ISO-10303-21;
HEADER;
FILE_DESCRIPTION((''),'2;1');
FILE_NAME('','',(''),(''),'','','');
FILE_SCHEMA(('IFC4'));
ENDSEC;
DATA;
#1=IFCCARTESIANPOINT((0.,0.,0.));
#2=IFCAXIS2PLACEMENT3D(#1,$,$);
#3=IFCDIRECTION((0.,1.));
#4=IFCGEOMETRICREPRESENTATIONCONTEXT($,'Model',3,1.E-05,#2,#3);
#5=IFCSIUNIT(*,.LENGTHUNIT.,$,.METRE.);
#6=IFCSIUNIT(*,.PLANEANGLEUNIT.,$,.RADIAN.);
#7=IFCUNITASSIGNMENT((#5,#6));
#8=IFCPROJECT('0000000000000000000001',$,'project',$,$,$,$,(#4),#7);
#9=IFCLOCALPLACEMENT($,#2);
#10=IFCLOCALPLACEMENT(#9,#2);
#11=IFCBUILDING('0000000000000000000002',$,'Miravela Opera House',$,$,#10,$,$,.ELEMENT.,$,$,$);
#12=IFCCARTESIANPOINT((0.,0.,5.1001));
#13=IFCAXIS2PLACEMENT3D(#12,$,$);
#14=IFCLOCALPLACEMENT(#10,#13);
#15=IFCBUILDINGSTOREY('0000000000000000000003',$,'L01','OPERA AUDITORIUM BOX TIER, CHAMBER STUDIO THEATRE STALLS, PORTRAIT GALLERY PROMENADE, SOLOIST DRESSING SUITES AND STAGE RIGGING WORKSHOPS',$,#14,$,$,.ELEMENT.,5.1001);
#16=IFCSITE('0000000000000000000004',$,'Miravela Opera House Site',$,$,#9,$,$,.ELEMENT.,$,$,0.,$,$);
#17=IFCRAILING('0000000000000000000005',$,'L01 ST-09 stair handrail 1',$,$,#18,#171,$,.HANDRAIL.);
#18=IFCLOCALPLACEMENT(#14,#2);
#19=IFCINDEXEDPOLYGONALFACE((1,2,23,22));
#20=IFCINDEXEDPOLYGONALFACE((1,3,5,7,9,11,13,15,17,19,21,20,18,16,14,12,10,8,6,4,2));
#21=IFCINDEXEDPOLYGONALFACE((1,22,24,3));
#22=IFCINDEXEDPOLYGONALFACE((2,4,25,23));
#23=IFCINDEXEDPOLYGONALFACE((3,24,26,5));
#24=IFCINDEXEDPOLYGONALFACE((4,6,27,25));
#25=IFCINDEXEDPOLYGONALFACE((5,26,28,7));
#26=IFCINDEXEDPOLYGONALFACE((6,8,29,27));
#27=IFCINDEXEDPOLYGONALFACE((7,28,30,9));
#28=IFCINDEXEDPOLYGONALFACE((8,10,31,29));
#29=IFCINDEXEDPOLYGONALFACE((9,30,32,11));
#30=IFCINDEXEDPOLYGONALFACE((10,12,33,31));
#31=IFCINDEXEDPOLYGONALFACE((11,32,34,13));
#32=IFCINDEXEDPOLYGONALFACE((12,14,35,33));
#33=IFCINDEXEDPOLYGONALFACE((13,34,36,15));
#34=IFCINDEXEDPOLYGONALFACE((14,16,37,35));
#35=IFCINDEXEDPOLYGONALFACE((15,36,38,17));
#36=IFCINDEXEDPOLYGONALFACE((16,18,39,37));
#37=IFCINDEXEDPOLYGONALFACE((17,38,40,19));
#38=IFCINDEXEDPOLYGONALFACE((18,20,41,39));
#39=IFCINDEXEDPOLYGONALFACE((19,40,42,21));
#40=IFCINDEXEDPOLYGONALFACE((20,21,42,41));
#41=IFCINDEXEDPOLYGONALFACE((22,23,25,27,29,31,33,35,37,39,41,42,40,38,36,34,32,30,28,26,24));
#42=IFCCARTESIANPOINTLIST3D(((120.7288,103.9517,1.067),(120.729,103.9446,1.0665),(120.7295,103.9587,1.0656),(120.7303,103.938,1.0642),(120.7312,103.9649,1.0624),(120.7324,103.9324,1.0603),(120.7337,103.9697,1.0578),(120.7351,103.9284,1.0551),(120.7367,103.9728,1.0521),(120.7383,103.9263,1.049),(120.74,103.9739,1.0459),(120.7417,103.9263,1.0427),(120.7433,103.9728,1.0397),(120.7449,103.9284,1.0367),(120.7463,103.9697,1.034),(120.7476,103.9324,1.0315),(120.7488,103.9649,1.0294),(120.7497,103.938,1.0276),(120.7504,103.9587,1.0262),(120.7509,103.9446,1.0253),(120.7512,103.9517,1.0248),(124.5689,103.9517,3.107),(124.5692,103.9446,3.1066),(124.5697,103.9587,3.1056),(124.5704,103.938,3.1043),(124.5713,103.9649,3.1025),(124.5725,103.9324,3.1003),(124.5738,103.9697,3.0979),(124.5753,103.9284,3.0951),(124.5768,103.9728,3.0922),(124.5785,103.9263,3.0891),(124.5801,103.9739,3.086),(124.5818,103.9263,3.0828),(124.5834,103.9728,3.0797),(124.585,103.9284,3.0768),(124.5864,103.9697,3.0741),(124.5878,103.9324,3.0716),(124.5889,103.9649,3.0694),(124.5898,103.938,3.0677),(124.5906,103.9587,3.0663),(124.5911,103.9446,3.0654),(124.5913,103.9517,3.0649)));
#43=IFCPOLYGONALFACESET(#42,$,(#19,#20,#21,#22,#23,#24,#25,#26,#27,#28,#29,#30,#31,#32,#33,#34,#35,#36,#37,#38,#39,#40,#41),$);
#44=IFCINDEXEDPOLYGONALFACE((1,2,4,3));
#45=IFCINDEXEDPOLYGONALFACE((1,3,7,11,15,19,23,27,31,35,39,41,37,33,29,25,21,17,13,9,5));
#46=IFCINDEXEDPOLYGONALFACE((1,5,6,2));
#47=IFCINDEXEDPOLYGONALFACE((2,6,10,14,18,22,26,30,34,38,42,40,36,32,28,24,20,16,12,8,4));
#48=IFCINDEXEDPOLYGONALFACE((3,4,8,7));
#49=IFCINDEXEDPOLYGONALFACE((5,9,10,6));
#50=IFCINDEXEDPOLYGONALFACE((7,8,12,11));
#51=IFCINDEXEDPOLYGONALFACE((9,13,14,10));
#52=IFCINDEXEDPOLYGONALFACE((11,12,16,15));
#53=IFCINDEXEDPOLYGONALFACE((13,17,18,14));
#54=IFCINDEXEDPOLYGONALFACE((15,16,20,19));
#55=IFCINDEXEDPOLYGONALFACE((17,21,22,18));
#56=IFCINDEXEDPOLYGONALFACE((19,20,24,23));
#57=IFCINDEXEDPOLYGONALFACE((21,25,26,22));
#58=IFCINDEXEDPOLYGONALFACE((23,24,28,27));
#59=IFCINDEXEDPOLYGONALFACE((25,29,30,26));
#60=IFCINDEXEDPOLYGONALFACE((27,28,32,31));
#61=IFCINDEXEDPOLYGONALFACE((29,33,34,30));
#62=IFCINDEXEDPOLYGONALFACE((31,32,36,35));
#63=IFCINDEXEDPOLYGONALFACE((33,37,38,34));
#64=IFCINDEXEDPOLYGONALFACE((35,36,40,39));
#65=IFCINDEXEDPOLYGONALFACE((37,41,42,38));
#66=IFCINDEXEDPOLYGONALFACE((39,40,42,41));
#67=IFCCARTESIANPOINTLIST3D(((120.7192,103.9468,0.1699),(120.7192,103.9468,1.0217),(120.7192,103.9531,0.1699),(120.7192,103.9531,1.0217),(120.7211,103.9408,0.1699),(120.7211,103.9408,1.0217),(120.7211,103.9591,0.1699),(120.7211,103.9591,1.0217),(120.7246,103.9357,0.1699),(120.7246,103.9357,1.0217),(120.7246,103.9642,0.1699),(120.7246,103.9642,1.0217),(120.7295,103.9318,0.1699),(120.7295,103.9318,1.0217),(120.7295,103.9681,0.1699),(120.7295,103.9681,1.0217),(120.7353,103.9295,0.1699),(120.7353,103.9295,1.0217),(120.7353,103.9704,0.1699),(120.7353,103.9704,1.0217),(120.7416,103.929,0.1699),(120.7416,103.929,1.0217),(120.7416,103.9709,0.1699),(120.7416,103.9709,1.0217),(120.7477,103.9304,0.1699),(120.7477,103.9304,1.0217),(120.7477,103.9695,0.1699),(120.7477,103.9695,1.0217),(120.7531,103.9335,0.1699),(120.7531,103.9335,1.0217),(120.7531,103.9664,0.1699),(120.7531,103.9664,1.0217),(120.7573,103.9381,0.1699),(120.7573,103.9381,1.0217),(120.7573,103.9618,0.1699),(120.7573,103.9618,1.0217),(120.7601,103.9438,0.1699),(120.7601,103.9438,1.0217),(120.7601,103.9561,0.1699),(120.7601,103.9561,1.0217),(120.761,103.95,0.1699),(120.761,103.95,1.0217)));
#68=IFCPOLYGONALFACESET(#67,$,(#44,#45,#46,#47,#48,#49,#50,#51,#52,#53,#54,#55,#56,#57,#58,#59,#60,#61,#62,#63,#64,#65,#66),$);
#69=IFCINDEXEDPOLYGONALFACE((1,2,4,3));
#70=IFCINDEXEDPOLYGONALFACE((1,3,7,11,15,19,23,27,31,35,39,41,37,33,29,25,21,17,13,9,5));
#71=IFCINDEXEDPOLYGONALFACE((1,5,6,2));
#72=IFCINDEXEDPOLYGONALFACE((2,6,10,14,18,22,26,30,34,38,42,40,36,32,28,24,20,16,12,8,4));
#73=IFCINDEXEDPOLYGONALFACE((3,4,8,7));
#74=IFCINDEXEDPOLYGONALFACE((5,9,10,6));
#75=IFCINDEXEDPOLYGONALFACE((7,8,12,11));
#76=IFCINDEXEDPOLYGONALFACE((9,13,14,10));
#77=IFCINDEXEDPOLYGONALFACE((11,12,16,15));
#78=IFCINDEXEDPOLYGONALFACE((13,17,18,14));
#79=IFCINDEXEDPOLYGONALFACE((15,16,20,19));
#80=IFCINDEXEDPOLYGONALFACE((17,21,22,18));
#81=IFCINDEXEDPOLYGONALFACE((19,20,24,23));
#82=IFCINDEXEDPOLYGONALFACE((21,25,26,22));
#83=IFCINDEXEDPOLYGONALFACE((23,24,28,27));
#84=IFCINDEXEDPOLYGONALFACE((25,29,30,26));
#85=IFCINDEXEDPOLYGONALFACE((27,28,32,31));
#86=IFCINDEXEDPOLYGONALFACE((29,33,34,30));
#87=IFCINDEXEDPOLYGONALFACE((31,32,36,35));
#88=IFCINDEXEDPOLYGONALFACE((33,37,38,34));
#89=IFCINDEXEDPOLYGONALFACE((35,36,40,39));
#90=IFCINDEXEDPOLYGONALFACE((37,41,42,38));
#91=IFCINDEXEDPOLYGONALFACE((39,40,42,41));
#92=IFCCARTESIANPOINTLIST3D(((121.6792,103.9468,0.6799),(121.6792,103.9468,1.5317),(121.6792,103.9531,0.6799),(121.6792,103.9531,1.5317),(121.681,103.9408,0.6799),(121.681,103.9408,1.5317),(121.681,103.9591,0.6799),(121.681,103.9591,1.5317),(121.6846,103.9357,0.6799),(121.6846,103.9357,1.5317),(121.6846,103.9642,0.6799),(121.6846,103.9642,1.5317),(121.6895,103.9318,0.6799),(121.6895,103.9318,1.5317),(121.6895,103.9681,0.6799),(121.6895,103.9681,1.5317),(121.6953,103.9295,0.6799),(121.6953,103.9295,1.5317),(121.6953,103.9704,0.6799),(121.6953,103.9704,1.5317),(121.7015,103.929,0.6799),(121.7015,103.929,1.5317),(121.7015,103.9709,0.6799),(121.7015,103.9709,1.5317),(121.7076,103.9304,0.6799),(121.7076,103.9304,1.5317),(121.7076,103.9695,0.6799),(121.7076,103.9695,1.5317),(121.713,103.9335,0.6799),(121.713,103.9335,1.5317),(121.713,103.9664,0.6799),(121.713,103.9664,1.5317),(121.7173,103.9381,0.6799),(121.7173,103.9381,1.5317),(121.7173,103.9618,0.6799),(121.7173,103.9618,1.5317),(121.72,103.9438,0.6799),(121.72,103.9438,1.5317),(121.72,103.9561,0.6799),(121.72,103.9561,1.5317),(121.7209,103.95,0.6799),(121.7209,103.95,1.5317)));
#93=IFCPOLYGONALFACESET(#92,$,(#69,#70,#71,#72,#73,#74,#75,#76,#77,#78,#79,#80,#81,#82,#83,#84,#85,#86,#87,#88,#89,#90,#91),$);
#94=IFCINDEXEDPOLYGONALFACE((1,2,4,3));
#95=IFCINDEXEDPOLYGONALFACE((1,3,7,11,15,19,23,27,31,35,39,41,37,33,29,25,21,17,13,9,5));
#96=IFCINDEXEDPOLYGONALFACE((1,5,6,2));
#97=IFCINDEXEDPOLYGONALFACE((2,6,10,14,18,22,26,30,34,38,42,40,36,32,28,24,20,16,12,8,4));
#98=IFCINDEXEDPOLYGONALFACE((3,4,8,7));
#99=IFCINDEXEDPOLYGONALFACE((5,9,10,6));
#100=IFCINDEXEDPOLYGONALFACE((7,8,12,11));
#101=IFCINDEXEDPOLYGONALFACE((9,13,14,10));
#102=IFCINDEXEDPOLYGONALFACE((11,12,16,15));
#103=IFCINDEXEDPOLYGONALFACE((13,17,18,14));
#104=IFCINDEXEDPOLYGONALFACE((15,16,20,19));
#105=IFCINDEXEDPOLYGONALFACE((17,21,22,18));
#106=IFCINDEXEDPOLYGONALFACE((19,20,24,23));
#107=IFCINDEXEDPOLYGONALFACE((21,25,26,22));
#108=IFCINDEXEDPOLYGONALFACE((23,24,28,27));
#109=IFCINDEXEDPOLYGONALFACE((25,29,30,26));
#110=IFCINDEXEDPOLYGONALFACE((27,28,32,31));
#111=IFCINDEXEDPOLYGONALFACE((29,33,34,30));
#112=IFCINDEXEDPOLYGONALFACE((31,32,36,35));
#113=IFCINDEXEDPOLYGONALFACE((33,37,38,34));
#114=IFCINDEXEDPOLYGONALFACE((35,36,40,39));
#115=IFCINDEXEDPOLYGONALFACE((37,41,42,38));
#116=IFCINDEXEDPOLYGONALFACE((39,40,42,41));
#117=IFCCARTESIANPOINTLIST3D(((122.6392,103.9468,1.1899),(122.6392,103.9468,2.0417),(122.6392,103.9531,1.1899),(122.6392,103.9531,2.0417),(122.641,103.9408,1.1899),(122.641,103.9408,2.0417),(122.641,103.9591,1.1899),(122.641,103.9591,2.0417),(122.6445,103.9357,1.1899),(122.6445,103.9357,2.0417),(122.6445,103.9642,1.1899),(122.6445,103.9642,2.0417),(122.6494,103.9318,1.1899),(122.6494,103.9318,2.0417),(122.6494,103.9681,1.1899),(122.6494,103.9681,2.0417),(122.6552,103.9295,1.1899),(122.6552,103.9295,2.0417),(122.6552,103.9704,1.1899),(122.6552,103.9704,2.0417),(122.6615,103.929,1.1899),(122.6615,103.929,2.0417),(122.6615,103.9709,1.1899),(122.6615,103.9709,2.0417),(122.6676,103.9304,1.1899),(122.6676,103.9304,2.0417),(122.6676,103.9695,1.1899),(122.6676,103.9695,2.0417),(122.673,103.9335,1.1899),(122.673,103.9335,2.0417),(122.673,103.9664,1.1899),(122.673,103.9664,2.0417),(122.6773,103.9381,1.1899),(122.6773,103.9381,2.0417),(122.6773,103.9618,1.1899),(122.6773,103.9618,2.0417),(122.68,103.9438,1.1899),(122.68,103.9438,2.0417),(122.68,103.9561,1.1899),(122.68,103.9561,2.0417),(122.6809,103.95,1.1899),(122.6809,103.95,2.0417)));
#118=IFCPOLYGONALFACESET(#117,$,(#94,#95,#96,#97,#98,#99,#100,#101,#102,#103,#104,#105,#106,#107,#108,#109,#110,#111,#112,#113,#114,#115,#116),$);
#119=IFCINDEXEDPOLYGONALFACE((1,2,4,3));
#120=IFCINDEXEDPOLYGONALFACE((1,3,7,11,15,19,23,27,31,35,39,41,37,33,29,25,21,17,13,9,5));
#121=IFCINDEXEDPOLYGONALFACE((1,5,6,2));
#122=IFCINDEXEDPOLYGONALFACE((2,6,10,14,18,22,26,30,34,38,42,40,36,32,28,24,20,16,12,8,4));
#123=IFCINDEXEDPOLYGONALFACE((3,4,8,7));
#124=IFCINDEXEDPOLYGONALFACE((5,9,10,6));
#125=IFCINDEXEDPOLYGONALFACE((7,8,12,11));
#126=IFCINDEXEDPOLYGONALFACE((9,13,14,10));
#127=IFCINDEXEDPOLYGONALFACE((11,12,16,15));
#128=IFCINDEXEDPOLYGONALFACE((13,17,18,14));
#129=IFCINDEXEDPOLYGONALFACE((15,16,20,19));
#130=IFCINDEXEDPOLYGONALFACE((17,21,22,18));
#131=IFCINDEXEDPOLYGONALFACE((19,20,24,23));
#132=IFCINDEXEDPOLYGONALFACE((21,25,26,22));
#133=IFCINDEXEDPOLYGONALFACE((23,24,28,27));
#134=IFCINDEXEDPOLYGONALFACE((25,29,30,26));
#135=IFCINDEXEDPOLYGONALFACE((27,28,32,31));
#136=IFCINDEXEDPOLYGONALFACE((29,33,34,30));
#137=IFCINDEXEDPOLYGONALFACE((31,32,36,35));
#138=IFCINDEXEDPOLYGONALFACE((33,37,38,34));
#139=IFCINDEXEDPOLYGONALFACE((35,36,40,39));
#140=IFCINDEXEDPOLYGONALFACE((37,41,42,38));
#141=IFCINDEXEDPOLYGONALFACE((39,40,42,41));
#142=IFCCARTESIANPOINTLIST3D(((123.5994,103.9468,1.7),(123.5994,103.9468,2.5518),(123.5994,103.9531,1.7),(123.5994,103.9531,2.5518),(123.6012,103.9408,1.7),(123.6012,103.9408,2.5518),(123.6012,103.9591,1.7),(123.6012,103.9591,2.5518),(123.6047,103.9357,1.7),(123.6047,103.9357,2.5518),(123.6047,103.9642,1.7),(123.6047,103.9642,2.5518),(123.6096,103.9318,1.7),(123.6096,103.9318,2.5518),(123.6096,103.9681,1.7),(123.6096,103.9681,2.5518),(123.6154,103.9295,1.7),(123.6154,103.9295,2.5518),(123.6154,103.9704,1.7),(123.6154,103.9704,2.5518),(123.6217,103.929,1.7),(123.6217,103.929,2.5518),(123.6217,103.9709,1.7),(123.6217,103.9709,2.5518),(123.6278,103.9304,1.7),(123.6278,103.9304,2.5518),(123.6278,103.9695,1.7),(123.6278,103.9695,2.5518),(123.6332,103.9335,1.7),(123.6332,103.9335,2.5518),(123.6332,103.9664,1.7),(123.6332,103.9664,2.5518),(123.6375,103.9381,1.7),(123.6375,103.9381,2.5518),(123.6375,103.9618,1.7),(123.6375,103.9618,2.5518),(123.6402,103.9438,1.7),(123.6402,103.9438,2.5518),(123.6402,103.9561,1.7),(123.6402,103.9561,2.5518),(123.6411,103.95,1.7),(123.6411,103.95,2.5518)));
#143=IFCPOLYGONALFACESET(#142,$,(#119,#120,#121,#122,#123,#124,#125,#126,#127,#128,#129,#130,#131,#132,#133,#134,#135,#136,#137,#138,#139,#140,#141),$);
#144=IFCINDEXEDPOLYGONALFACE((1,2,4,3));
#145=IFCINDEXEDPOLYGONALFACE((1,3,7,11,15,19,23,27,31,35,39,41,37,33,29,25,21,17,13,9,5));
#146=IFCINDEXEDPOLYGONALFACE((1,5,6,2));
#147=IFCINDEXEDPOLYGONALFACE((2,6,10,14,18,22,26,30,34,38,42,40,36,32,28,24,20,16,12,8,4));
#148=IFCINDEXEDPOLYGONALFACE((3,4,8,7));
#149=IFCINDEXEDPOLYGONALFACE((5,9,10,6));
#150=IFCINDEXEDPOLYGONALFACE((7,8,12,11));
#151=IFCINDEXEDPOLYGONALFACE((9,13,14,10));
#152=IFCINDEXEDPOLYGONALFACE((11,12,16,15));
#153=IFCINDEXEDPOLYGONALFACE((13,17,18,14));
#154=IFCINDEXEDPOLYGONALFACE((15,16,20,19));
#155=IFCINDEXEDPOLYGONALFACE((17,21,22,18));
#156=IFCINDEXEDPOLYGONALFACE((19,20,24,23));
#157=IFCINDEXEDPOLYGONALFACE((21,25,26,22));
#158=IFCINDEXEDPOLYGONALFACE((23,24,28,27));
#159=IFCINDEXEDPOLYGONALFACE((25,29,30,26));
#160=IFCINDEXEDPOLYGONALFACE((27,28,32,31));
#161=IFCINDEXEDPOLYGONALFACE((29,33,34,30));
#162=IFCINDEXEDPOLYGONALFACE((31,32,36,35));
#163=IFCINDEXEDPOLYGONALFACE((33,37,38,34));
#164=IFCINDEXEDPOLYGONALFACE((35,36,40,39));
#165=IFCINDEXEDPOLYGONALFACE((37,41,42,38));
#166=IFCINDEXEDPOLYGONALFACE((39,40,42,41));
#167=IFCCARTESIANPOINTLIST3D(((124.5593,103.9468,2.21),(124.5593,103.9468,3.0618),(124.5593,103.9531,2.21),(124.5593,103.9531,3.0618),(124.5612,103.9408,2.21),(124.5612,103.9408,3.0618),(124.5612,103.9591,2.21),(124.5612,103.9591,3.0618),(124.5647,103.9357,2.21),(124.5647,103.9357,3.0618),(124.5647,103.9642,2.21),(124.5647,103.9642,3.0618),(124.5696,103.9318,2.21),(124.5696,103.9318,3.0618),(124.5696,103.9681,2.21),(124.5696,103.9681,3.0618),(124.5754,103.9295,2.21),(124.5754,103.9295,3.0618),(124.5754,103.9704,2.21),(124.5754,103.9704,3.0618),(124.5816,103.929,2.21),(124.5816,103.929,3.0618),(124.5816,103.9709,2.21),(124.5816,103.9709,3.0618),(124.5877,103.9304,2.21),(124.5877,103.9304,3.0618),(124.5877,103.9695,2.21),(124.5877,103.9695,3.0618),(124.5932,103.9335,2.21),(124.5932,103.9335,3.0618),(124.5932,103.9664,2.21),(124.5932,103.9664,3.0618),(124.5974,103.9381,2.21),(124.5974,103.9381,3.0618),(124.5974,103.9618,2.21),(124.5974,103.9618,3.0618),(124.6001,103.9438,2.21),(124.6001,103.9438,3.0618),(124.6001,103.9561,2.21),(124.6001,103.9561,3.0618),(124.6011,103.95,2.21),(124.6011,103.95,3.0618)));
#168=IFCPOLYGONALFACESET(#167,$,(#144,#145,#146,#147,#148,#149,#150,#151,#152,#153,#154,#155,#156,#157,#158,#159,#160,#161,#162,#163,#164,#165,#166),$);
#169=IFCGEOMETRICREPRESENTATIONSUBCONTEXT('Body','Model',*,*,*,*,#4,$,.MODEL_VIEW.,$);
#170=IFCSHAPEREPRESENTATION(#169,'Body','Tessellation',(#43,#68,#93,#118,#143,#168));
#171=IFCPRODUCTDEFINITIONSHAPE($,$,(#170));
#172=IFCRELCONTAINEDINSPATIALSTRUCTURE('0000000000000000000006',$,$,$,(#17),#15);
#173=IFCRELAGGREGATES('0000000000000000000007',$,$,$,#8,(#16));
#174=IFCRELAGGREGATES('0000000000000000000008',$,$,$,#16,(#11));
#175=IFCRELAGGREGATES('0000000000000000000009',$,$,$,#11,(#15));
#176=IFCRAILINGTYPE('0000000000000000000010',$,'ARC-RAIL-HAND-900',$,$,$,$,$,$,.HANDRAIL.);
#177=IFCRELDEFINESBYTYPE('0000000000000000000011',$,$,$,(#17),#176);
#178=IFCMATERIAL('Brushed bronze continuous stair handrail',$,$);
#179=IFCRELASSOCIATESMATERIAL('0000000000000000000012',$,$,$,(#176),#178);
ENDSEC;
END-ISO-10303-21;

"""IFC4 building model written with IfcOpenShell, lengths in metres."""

from ifc_helpers import new_model, si_unit, direction, frame, origin, origin_2d, place, context, subcontext, project, spatial, circle, extrude, material, type_object, element, save


model = new_model("IFC4")

# Units and contexts
model_context = context("Model", 3, precision=1e-05, world=origin(), true_north=direction((0.0, 1.0)))
body_context = subcontext(model_context, "Body", "Model", "MODEL_VIEW")
ifc_project = project(units=[si_unit("LENGTHUNIT", "METRE"), si_unit("PLANEANGLEUNIT", "RADIAN")], contexts=[model_context])

# Site, building, storey
site_placement = place(None, origin())
site = spatial("IfcSite", under=ifc_project, at=site_placement, Name="Miravela Opera House Site", CompositionType="ELEMENT", RefElevation=0.0)
building_placement = place(site_placement, origin())
building = spatial("IfcBuilding", under=site, at=building_placement, Name="Miravela Opera House", CompositionType="ELEMENT")
storey_placement = place(building_placement, frame((0.0, 0.0, 5.1001)))
storey = spatial("IfcBuildingStorey", under=building, at=storey_placement, Name="L01", Description="OPERA AUDITORIUM BOX TIER, CHAMBER STUDIO THEATRE STALLS, PORTRAIT GALLERY PROMENADE, SOLOIST DRESSING SUITES AND STAGE RIGGING WORKSHOPS", CompositionType="ELEMENT", Elevation=5.1001)

# Railing
ifc_material_1 = material(Name="Brushed bronze continuous stair handrail")
railing_type_1 = type_object("IfcRailingType", Name="ARC-RAIL-HAND-900", PredefinedType="HANDRAIL", material=ifc_material_1)
railing_1_placement = place(storey_placement, frame((120.74, 103.95, 0.1699)))
element("IfcRailing", 1, at=railing_1_placement, inside=storey, type_object=railing_type_1, Name="L01 ST-09 stair handrail 1", PredefinedType="HANDRAIL", context=body_context, shape_type="SweptSolid", body=[
    extrude(circle(Radius=0.0239, at=origin_2d()), frame((0.0, 0.0, 0.876), z_axis=(0.883116, 0.0, 0.469154), x_axis=(0.0, 1.0, 0.0)), (0.0, 0.0, 1.0), 4.3484),
    extrude(circle(Radius=0.021, at=origin_2d()), origin(), (0.0, 0.0, 1.0), 0.8518),
    extrude(circle(Radius=0.021, at=origin_2d()), frame((0.96, 0.0, 0.51)), (0.0, 0.0, 1.0), 0.8518),
    extrude(circle(Radius=0.021, at=origin_2d()), frame((1.9199, 0.0, 1.02)), (0.0, 0.0, 1.0), 0.8518),
    extrude(circle(Radius=0.021, at=origin_2d()), frame((2.8801, 0.0, 1.53)), (0.0, 0.0, 1.0), 0.8518),
    extrude(circle(Radius=0.021, at=origin_2d()), frame((3.8401, 0.0, 2.04)), (0.0, 0.0, 1.0), 0.8518),
])

save(model, "model.ifc")
